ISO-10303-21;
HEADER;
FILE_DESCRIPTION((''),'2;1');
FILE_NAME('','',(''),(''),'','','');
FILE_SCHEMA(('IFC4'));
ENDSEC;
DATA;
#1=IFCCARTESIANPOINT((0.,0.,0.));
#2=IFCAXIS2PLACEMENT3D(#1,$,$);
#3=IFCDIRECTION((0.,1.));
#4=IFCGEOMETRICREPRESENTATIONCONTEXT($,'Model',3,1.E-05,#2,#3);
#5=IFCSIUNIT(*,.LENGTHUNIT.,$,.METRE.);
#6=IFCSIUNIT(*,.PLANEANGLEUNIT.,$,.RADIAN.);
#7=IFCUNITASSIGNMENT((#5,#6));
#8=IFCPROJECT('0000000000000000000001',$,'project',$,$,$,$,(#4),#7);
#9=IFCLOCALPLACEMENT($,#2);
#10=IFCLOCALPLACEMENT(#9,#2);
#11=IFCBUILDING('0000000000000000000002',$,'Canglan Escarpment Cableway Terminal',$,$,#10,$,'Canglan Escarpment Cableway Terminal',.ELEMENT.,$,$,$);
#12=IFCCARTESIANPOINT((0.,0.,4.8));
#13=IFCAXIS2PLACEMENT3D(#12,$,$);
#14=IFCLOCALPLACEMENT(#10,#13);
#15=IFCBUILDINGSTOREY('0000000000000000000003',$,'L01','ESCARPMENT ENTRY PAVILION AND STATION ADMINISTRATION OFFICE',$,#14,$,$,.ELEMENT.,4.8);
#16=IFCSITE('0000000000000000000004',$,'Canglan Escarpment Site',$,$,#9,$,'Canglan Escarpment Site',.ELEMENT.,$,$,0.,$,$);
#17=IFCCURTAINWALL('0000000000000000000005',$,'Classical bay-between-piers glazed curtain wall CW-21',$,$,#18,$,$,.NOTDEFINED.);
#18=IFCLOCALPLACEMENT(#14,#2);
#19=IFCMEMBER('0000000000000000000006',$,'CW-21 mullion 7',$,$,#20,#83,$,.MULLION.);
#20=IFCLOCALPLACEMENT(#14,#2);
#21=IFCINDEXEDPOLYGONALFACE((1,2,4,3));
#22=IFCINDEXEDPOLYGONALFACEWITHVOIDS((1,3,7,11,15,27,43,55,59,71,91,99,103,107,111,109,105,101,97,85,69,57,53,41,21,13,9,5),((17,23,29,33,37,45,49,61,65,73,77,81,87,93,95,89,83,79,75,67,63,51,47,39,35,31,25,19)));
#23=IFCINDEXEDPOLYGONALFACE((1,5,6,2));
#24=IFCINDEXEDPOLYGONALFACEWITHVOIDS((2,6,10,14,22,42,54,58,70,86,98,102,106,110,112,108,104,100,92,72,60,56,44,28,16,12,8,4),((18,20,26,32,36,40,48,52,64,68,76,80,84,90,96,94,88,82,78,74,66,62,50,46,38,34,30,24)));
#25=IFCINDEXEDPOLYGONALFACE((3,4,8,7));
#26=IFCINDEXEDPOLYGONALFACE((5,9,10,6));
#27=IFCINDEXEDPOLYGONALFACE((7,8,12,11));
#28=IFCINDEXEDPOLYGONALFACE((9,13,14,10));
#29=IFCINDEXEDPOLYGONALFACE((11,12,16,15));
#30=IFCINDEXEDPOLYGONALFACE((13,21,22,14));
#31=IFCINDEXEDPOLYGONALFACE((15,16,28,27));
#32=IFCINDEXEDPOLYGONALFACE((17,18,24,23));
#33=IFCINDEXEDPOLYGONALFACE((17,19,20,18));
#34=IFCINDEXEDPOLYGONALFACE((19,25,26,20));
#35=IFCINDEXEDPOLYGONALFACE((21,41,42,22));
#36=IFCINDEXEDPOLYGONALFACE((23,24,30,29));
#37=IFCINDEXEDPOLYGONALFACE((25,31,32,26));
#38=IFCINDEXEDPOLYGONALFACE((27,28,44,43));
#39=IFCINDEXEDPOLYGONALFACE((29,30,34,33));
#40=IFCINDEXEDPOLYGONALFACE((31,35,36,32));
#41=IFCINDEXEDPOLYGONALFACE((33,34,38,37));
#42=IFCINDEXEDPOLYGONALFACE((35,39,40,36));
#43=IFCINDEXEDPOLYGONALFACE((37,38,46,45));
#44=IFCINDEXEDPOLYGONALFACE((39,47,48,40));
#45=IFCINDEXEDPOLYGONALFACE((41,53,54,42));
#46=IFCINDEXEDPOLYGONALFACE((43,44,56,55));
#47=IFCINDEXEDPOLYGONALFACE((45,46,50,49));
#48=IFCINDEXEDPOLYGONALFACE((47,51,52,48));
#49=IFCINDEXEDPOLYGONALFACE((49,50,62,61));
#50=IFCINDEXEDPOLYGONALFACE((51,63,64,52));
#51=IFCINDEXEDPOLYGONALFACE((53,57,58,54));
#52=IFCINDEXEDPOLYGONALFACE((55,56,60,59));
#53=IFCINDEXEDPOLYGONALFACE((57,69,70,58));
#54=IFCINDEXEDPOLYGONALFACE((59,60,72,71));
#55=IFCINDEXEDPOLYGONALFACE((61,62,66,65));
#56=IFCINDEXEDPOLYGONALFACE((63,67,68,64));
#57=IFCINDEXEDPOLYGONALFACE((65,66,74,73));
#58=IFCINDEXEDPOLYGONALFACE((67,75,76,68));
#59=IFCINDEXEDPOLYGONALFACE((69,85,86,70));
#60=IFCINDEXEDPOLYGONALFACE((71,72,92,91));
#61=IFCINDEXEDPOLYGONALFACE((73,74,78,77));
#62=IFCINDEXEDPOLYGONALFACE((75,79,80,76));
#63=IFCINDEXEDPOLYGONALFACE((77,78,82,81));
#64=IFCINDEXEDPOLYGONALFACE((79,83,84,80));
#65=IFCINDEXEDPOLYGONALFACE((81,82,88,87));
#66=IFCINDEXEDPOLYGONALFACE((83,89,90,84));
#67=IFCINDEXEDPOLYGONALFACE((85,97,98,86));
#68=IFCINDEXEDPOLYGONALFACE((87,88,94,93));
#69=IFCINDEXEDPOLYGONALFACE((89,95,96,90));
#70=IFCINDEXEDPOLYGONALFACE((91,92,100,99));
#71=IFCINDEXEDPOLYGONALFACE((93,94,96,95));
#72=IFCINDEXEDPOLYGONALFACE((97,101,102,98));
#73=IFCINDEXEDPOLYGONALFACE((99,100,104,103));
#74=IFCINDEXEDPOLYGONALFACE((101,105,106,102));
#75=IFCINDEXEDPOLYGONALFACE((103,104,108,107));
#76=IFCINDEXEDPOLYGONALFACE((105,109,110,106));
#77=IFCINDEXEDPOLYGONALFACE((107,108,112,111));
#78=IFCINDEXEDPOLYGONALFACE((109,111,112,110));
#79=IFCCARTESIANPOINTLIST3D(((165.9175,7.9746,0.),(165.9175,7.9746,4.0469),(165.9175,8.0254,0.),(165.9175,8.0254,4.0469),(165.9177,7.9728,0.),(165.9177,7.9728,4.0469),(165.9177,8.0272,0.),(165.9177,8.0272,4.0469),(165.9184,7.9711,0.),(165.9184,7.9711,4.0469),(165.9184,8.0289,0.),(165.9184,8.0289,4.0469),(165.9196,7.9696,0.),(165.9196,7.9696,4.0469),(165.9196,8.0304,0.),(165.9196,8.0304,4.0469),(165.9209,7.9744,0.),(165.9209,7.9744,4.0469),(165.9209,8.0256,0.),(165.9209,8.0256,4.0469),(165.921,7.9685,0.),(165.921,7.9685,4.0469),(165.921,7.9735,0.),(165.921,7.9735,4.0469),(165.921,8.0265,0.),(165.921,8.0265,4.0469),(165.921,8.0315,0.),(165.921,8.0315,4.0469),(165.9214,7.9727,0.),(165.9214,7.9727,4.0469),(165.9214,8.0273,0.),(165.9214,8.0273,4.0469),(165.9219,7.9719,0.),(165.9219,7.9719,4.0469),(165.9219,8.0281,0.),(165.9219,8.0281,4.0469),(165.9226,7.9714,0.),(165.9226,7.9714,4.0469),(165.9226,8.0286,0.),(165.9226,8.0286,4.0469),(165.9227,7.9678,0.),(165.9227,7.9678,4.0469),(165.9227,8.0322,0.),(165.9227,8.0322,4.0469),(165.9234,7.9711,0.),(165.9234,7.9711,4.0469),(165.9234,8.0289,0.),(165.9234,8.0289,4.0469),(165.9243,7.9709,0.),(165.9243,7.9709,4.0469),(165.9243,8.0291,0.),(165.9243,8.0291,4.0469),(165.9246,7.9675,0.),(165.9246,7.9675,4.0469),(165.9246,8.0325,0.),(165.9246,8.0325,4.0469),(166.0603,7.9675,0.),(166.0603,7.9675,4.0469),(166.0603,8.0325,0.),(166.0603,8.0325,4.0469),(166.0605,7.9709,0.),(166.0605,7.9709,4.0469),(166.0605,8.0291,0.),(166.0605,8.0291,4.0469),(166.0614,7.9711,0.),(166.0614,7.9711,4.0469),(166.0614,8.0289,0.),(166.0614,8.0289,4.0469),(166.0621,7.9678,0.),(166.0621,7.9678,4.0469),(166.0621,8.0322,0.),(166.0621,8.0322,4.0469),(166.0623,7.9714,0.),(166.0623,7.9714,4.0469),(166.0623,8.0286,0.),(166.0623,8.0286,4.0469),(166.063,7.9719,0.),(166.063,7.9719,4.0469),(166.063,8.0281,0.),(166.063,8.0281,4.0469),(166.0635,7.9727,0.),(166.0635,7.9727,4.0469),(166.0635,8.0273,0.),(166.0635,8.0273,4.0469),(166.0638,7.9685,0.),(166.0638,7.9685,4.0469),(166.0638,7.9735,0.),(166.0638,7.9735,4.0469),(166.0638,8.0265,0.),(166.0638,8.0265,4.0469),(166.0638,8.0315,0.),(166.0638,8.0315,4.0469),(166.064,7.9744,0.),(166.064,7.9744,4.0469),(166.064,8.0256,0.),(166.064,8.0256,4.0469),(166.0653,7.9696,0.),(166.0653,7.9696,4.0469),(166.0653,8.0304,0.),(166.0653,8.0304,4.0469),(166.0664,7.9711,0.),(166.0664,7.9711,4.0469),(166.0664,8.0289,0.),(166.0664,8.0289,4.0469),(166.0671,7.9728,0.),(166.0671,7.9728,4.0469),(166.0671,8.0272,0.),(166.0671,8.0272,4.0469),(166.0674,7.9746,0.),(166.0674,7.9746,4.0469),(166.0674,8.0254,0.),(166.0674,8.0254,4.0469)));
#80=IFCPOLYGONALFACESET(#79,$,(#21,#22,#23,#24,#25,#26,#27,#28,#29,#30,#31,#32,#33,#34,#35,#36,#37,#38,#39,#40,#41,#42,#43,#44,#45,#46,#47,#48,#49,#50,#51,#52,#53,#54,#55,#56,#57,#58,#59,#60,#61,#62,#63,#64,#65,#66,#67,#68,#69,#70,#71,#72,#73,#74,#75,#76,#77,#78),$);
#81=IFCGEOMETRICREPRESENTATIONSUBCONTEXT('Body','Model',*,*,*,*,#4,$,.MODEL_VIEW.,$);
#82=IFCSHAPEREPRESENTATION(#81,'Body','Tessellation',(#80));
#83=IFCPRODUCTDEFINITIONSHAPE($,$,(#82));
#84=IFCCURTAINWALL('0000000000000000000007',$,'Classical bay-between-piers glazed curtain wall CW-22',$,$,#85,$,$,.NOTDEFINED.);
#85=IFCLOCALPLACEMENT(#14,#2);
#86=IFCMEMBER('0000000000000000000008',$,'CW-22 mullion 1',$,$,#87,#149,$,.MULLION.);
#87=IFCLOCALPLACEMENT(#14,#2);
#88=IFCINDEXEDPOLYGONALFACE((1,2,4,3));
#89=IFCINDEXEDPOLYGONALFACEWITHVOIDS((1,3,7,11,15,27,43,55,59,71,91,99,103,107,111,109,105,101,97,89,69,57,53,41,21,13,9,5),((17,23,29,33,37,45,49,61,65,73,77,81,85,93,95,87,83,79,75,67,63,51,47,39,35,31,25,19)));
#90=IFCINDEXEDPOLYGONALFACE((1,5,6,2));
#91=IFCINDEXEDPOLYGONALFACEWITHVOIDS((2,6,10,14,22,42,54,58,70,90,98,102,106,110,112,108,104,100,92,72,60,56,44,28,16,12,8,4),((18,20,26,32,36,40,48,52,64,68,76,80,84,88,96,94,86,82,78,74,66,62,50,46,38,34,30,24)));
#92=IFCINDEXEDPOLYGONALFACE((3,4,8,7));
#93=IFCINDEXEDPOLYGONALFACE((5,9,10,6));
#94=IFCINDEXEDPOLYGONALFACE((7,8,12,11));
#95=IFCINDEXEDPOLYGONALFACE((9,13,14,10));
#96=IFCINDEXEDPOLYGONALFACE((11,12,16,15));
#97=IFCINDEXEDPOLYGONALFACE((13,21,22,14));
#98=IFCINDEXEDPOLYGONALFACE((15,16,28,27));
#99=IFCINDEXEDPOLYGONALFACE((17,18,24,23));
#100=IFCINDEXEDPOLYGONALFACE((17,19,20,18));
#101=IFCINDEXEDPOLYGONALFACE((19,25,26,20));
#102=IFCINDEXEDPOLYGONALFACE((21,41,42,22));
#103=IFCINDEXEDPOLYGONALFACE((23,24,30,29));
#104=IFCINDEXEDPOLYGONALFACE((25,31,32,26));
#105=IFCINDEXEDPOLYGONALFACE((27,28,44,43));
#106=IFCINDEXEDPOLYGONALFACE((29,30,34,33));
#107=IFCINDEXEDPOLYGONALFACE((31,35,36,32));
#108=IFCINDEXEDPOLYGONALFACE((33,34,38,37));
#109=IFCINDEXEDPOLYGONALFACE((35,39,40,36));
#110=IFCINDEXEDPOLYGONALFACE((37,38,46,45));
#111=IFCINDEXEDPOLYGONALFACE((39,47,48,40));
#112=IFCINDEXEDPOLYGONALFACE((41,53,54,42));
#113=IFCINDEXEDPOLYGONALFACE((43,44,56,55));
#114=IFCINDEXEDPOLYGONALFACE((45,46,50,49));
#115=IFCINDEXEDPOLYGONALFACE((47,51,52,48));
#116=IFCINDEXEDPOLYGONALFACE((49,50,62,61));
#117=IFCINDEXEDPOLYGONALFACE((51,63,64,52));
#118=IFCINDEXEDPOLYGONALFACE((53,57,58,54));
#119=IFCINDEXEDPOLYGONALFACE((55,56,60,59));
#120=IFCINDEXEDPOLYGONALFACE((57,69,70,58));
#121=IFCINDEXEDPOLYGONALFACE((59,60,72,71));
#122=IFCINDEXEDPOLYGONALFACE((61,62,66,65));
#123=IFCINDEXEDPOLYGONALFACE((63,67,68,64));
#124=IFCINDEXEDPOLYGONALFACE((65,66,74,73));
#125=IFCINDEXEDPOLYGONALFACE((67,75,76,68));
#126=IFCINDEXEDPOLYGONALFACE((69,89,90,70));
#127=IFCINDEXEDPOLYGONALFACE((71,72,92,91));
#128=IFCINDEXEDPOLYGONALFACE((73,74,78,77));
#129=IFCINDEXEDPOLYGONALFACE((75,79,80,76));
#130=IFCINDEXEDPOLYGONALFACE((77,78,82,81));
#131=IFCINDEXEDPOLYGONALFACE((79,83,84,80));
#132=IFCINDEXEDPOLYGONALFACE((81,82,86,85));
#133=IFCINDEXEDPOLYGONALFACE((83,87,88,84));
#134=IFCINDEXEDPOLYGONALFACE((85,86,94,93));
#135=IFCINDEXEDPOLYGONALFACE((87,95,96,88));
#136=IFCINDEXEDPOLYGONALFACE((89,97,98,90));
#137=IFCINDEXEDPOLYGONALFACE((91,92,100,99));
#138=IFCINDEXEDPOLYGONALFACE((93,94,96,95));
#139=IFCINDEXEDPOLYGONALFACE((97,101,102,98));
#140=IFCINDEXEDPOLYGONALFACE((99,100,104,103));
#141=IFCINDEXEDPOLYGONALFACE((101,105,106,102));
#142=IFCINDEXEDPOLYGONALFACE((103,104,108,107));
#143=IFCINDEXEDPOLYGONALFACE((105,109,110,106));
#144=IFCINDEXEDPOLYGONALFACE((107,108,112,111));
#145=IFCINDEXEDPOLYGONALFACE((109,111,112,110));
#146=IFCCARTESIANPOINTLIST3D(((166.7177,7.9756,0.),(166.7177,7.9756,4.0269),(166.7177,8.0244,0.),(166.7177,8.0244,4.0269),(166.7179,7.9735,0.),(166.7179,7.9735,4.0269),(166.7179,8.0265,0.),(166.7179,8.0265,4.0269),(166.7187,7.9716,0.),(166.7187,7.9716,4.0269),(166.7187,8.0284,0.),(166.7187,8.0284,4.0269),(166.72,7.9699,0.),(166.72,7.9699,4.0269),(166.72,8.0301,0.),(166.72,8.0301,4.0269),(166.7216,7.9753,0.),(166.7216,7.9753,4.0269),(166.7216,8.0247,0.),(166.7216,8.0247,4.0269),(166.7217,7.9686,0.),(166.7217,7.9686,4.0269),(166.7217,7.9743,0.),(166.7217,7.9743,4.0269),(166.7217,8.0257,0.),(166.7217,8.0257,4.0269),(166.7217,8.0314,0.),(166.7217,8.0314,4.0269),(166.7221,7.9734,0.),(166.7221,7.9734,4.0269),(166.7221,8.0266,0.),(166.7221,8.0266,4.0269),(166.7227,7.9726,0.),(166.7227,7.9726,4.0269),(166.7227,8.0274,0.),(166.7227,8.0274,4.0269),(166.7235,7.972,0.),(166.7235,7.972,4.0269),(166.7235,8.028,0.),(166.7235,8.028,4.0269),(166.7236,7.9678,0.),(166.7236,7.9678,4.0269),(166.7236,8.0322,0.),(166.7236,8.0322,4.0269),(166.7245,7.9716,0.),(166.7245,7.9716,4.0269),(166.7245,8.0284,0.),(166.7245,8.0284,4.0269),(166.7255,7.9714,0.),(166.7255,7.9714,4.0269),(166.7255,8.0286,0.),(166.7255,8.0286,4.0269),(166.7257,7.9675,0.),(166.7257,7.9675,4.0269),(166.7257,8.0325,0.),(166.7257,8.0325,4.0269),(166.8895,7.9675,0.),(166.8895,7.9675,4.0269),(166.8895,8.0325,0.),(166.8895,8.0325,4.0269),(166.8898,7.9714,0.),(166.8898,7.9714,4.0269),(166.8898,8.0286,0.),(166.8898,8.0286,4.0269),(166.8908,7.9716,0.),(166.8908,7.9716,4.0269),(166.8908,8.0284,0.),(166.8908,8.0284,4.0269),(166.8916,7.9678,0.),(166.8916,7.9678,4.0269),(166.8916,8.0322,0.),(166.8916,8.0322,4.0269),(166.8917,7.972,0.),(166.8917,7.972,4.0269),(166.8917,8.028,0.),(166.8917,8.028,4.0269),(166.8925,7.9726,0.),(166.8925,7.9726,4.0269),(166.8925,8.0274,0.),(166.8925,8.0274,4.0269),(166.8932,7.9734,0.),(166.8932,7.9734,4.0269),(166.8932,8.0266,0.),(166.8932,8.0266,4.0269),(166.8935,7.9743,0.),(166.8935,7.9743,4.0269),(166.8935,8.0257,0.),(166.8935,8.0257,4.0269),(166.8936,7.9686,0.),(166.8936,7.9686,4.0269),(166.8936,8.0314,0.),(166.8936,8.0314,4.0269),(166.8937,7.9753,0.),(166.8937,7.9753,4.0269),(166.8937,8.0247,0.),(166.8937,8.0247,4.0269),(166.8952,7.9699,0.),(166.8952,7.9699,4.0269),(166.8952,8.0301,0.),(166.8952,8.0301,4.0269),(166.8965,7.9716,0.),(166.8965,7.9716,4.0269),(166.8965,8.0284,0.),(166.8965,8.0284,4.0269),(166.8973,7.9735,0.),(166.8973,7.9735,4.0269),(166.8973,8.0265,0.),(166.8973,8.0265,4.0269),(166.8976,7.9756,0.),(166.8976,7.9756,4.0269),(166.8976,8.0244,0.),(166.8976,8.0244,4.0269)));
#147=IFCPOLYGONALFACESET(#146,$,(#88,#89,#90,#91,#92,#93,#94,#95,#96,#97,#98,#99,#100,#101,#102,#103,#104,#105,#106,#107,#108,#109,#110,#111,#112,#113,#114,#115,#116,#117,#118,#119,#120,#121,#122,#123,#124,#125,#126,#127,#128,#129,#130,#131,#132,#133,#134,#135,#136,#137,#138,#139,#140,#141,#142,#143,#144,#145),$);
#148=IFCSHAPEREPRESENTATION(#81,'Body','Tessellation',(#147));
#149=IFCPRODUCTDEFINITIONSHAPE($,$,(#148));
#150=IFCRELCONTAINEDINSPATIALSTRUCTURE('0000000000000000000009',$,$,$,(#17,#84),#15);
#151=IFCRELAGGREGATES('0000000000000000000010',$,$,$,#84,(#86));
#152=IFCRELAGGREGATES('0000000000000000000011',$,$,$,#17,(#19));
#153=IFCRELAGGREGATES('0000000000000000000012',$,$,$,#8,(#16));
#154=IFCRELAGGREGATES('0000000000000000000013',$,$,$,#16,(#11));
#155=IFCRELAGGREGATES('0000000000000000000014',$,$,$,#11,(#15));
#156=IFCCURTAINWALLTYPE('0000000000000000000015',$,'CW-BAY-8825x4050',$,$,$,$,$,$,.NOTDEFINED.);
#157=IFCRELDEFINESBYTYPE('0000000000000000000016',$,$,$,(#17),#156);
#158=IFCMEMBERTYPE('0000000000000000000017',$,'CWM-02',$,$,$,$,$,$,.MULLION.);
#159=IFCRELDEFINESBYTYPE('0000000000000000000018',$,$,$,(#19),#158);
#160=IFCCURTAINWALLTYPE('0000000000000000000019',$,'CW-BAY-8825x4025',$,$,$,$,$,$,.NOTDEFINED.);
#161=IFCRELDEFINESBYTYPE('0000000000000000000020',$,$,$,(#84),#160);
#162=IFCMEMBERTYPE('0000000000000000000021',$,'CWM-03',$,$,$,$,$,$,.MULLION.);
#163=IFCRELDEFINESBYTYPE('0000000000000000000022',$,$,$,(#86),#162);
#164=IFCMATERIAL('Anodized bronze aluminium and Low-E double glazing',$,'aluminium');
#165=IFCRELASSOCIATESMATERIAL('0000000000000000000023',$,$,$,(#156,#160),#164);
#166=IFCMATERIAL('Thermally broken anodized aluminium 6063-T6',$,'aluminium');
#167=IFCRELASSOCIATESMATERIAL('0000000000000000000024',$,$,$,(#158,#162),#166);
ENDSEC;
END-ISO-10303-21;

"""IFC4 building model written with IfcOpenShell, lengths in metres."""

from ifc_helpers import new_model, si_unit, direction, frame, origin, origin_2d, place, context, subcontext, project, spatial, hollow_rectangle, extrude, material, material_profile, profile_set, type_object, element, aggregate, save


model = new_model("IFC4")

# Units and contexts
model_context = context("Model", 3, precision=1e-05, world=origin(), true_north=direction((0.0, 1.0)))
body_context = subcontext(model_context, "Body", "Model", "MODEL_VIEW")
ifc_project = project(units=[si_unit("LENGTHUNIT", "METRE"), si_unit("PLANEANGLEUNIT", "RADIAN")], contexts=[model_context])

# Site, building, storey
site_placement = place(None, origin())
site = spatial("IfcSite", under=ifc_project, at=site_placement, Name="Canglan Escarpment Site", LongName="Canglan Escarpment Site", CompositionType="ELEMENT", RefElevation=0.0)
building_placement = place(site_placement, origin())
building = spatial("IfcBuilding", under=site, at=building_placement, Name="Canglan Escarpment Cableway Terminal", LongName="Canglan Escarpment Cableway Terminal", CompositionType="ELEMENT")
storey_placement = place(building_placement, frame((0.0, 0.0, 4.8)))
storey = spatial("IfcBuildingStorey", under=building, at=storey_placement, Name="L01", Description="ESCARPMENT ENTRY PAVILION AND STATION ADMINISTRATION OFFICE", CompositionType="ELEMENT", Elevation=4.8)

# Curtain wall, member
ifc_material_1 = material(Name="Anodized bronze aluminium and Low-E double glazing", Category="aluminium")
curtain_wall_type_1 = type_object("IfcCurtainWallType", Name="CW-BAY-8825x4050", PredefinedType="NOTDEFINED", material=ifc_material_1)
curtain_wall_1_placement = place(storey_placement, origin())
curtain_wall_1 = element("IfcCurtainWall", 1, at=curtain_wall_1_placement, inside=storey, type_object=curtain_wall_type_1, Name="Classical bay-between-piers glazed curtain wall CW-21", PredefinedType="NOTDEFINED")
ifc_material_2 = material(Name="Thermally broken anodized aluminium 6063-T6", Category="aluminium")
ifc_material_profile_1 = material_profile(ifc_material_2, hollow_rectangle(XDim=0.0649, YDim=0.1499, WallThickness=0.0034, InnerFilletRadius=0.0034, OuterFilletRadius=0.0071, at=origin_2d()), Name="ALU-MULL 65x150x3.5")
ifc_profile_set_1 = profile_set([ifc_material_profile_1], Name="Thermally broken anodized aluminium 6063-T6")
member_type_1 = type_object("IfcMemberType", Name="CWM-02", PredefinedType="MULLION", material=ifc_profile_set_1)
member_1_placement = place(storey_placement, frame((165.9924, 8.0, 0.0), z_axis=(0.0, 0.0, 1.0), x_axis=(0.0, 1.0, 0.0)))
member_1 = element("IfcMember", 2, at=member_1_placement, type_object=member_type_1, Name="CW-21 mullion 7", PredefinedType="MULLION", context=body_context, shape_type="SweptSolid", body=[
    extrude(hollow_rectangle(XDim=0.0649, YDim=0.1499, WallThickness=0.0034, InnerFilletRadius=0.0034, OuterFilletRadius=0.0071, at=origin_2d()), origin(), (0.0, 0.0, 1.0), 4.0469),
])

# Curtain wall, member
curtain_wall_type_2 = type_object("IfcCurtainWallType", Name="CW-BAY-8825x4025", PredefinedType="NOTDEFINED", material=ifc_material_1)
curtain_wall_2_placement = place(storey_placement, origin())
curtain_wall_2 = element("IfcCurtainWall", 3, at=curtain_wall_2_placement, inside=storey, type_object=curtain_wall_type_2, Name="Classical bay-between-piers glazed curtain wall CW-22", PredefinedType="NOTDEFINED")
ifc_material_profile_2 = material_profile(ifc_material_2, hollow_rectangle(XDim=0.0649, YDim=0.1799, WallThickness=0.0039, InnerFilletRadius=0.0039, OuterFilletRadius=0.0081, at=origin_2d()), Name="ALU-MULL 65x180x4")
ifc_profile_set_2 = profile_set([ifc_material_profile_2], Name="Thermally broken anodized aluminium 6063-T6")
member_type_2 = type_object("IfcMemberType", Name="CWM-03", PredefinedType="MULLION", material=ifc_profile_set_2)
member_2_placement = place(storey_placement, frame((166.8076, 8.0, 0.0), z_axis=(0.0, 0.0, 1.0), x_axis=(0.0, 1.0, 0.0)))
member_2 = element("IfcMember", 4, at=member_2_placement, type_object=member_type_2, Name="CW-22 mullion 1", PredefinedType="MULLION", context=body_context, shape_type="SweptSolid", body=[
    extrude(hollow_rectangle(XDim=0.0649, YDim=0.1799, WallThickness=0.0039, InnerFilletRadius=0.0039, OuterFilletRadius=0.0081, at=origin_2d()), origin(), (0.0, 0.0, 1.0), 4.0269),
])

aggregate(curtain_wall_2, [member_2])
aggregate(curtain_wall_1, [member_1])

save(model, "model.ifc")
